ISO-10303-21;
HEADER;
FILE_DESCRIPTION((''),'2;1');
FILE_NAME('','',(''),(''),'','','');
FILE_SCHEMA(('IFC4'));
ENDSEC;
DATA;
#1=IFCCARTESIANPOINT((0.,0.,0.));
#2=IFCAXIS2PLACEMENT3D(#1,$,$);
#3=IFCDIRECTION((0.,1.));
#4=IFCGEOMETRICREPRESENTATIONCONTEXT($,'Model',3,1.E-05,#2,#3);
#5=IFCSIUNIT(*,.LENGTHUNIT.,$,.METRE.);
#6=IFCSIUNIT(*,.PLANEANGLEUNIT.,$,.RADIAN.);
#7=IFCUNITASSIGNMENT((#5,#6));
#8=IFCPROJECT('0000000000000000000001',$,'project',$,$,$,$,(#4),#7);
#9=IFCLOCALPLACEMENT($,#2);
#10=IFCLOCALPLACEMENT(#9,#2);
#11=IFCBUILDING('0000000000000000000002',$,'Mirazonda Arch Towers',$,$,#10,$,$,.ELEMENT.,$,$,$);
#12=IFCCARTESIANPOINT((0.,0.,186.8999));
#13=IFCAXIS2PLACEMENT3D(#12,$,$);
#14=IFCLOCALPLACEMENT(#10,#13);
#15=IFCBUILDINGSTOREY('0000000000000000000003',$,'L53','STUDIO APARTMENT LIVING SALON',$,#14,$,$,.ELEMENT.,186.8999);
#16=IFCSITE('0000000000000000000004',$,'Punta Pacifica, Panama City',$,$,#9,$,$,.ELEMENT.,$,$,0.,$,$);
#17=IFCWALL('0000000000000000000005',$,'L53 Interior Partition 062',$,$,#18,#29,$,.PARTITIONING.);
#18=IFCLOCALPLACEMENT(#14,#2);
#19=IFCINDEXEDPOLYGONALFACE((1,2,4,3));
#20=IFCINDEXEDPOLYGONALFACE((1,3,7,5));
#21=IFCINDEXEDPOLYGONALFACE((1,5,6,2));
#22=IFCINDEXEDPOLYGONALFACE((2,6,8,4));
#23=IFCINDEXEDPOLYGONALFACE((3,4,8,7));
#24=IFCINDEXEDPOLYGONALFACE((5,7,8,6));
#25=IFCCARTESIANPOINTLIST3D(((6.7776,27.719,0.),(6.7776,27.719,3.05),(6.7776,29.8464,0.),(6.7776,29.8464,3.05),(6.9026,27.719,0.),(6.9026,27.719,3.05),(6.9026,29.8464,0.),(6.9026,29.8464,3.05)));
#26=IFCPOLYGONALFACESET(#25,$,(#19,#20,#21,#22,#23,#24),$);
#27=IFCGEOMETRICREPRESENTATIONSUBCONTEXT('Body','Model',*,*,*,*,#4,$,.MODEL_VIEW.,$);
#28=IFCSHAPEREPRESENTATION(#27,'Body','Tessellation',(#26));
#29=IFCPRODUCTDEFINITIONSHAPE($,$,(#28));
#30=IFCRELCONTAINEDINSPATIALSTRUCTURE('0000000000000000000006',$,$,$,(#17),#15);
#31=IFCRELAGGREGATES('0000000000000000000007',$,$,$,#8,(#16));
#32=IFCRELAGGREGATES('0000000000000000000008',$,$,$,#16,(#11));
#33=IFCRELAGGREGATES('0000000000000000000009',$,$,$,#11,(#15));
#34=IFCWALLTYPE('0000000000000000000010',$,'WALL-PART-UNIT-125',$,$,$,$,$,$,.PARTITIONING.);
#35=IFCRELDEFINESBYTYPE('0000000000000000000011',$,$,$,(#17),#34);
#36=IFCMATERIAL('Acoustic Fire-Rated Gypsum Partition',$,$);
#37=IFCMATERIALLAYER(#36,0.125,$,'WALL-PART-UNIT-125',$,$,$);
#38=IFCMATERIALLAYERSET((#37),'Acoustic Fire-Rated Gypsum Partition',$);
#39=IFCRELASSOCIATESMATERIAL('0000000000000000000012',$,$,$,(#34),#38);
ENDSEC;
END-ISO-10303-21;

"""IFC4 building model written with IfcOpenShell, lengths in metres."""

from ifc_helpers import new_model, si_unit, direction, frame, frame_2d, origin, place, context, subcontext, project, spatial, rectangle, extrude, material, layer, layer_set, type_object, element, save


model = new_model("IFC4")

# Units and contexts
model_context = context("Model", 3, precision=1e-05, world=origin(), true_north=direction((0.0, 1.0)))
body_context = subcontext(model_context, "Body", "Model", "MODEL_VIEW")
ifc_project = project(units=[si_unit("LENGTHUNIT", "METRE"), si_unit("PLANEANGLEUNIT", "RADIAN")], contexts=[model_context])

# Site, building, storey
site_placement = place(None, origin())
site = spatial("IfcSite", under=ifc_project, at=site_placement, Name="Punta Pacifica, Panama City", CompositionType="ELEMENT", RefElevation=0.0)
building_placement = place(site_placement, origin())
building = spatial("IfcBuilding", under=site, at=building_placement, Name="Mirazonda Arch Towers", CompositionType="ELEMENT")
storey_placement = place(building_placement, frame((0.0, 0.0, 186.8999)))
storey = spatial("IfcBuildingStorey", under=building, at=storey_placement, Name="L53", Description="STUDIO APARTMENT LIVING SALON", CompositionType="ELEMENT", Elevation=186.8999)

# Wall
ifc_material_1 = material(Name="Acoustic Fire-Rated Gypsum Partition")
ifc_layer_1 = layer(ifc_material_1, 0.125, Name="WALL-PART-UNIT-125")
ifc_layer_set_1 = layer_set([ifc_layer_1], Name="Acoustic Fire-Rated Gypsum Partition")
wall_type_1 = type_object("IfcWallType", Name="WALL-PART-UNIT-125", PredefinedType="PARTITIONING", material=ifc_layer_set_1)
wall_1_placement = place(storey_placement, frame((6.8401, 27.719, 0.0), z_axis=(0.0, 0.0, 1.0), x_axis=(0.0, 1.0, 0.0)))
element("IfcWall", 1, at=wall_1_placement, inside=storey, type_object=wall_type_1, Name="L53 Interior Partition 062", PredefinedType="PARTITIONING", context=body_context, shape_type="SweptSolid", body=[
    extrude(rectangle(XDim=2.1274, YDim=0.125, at=frame_2d((1.0637, 0.0))), origin(), (0.0, 0.0, 1.0), 3.05),
])

save(model, "model.ifc")
